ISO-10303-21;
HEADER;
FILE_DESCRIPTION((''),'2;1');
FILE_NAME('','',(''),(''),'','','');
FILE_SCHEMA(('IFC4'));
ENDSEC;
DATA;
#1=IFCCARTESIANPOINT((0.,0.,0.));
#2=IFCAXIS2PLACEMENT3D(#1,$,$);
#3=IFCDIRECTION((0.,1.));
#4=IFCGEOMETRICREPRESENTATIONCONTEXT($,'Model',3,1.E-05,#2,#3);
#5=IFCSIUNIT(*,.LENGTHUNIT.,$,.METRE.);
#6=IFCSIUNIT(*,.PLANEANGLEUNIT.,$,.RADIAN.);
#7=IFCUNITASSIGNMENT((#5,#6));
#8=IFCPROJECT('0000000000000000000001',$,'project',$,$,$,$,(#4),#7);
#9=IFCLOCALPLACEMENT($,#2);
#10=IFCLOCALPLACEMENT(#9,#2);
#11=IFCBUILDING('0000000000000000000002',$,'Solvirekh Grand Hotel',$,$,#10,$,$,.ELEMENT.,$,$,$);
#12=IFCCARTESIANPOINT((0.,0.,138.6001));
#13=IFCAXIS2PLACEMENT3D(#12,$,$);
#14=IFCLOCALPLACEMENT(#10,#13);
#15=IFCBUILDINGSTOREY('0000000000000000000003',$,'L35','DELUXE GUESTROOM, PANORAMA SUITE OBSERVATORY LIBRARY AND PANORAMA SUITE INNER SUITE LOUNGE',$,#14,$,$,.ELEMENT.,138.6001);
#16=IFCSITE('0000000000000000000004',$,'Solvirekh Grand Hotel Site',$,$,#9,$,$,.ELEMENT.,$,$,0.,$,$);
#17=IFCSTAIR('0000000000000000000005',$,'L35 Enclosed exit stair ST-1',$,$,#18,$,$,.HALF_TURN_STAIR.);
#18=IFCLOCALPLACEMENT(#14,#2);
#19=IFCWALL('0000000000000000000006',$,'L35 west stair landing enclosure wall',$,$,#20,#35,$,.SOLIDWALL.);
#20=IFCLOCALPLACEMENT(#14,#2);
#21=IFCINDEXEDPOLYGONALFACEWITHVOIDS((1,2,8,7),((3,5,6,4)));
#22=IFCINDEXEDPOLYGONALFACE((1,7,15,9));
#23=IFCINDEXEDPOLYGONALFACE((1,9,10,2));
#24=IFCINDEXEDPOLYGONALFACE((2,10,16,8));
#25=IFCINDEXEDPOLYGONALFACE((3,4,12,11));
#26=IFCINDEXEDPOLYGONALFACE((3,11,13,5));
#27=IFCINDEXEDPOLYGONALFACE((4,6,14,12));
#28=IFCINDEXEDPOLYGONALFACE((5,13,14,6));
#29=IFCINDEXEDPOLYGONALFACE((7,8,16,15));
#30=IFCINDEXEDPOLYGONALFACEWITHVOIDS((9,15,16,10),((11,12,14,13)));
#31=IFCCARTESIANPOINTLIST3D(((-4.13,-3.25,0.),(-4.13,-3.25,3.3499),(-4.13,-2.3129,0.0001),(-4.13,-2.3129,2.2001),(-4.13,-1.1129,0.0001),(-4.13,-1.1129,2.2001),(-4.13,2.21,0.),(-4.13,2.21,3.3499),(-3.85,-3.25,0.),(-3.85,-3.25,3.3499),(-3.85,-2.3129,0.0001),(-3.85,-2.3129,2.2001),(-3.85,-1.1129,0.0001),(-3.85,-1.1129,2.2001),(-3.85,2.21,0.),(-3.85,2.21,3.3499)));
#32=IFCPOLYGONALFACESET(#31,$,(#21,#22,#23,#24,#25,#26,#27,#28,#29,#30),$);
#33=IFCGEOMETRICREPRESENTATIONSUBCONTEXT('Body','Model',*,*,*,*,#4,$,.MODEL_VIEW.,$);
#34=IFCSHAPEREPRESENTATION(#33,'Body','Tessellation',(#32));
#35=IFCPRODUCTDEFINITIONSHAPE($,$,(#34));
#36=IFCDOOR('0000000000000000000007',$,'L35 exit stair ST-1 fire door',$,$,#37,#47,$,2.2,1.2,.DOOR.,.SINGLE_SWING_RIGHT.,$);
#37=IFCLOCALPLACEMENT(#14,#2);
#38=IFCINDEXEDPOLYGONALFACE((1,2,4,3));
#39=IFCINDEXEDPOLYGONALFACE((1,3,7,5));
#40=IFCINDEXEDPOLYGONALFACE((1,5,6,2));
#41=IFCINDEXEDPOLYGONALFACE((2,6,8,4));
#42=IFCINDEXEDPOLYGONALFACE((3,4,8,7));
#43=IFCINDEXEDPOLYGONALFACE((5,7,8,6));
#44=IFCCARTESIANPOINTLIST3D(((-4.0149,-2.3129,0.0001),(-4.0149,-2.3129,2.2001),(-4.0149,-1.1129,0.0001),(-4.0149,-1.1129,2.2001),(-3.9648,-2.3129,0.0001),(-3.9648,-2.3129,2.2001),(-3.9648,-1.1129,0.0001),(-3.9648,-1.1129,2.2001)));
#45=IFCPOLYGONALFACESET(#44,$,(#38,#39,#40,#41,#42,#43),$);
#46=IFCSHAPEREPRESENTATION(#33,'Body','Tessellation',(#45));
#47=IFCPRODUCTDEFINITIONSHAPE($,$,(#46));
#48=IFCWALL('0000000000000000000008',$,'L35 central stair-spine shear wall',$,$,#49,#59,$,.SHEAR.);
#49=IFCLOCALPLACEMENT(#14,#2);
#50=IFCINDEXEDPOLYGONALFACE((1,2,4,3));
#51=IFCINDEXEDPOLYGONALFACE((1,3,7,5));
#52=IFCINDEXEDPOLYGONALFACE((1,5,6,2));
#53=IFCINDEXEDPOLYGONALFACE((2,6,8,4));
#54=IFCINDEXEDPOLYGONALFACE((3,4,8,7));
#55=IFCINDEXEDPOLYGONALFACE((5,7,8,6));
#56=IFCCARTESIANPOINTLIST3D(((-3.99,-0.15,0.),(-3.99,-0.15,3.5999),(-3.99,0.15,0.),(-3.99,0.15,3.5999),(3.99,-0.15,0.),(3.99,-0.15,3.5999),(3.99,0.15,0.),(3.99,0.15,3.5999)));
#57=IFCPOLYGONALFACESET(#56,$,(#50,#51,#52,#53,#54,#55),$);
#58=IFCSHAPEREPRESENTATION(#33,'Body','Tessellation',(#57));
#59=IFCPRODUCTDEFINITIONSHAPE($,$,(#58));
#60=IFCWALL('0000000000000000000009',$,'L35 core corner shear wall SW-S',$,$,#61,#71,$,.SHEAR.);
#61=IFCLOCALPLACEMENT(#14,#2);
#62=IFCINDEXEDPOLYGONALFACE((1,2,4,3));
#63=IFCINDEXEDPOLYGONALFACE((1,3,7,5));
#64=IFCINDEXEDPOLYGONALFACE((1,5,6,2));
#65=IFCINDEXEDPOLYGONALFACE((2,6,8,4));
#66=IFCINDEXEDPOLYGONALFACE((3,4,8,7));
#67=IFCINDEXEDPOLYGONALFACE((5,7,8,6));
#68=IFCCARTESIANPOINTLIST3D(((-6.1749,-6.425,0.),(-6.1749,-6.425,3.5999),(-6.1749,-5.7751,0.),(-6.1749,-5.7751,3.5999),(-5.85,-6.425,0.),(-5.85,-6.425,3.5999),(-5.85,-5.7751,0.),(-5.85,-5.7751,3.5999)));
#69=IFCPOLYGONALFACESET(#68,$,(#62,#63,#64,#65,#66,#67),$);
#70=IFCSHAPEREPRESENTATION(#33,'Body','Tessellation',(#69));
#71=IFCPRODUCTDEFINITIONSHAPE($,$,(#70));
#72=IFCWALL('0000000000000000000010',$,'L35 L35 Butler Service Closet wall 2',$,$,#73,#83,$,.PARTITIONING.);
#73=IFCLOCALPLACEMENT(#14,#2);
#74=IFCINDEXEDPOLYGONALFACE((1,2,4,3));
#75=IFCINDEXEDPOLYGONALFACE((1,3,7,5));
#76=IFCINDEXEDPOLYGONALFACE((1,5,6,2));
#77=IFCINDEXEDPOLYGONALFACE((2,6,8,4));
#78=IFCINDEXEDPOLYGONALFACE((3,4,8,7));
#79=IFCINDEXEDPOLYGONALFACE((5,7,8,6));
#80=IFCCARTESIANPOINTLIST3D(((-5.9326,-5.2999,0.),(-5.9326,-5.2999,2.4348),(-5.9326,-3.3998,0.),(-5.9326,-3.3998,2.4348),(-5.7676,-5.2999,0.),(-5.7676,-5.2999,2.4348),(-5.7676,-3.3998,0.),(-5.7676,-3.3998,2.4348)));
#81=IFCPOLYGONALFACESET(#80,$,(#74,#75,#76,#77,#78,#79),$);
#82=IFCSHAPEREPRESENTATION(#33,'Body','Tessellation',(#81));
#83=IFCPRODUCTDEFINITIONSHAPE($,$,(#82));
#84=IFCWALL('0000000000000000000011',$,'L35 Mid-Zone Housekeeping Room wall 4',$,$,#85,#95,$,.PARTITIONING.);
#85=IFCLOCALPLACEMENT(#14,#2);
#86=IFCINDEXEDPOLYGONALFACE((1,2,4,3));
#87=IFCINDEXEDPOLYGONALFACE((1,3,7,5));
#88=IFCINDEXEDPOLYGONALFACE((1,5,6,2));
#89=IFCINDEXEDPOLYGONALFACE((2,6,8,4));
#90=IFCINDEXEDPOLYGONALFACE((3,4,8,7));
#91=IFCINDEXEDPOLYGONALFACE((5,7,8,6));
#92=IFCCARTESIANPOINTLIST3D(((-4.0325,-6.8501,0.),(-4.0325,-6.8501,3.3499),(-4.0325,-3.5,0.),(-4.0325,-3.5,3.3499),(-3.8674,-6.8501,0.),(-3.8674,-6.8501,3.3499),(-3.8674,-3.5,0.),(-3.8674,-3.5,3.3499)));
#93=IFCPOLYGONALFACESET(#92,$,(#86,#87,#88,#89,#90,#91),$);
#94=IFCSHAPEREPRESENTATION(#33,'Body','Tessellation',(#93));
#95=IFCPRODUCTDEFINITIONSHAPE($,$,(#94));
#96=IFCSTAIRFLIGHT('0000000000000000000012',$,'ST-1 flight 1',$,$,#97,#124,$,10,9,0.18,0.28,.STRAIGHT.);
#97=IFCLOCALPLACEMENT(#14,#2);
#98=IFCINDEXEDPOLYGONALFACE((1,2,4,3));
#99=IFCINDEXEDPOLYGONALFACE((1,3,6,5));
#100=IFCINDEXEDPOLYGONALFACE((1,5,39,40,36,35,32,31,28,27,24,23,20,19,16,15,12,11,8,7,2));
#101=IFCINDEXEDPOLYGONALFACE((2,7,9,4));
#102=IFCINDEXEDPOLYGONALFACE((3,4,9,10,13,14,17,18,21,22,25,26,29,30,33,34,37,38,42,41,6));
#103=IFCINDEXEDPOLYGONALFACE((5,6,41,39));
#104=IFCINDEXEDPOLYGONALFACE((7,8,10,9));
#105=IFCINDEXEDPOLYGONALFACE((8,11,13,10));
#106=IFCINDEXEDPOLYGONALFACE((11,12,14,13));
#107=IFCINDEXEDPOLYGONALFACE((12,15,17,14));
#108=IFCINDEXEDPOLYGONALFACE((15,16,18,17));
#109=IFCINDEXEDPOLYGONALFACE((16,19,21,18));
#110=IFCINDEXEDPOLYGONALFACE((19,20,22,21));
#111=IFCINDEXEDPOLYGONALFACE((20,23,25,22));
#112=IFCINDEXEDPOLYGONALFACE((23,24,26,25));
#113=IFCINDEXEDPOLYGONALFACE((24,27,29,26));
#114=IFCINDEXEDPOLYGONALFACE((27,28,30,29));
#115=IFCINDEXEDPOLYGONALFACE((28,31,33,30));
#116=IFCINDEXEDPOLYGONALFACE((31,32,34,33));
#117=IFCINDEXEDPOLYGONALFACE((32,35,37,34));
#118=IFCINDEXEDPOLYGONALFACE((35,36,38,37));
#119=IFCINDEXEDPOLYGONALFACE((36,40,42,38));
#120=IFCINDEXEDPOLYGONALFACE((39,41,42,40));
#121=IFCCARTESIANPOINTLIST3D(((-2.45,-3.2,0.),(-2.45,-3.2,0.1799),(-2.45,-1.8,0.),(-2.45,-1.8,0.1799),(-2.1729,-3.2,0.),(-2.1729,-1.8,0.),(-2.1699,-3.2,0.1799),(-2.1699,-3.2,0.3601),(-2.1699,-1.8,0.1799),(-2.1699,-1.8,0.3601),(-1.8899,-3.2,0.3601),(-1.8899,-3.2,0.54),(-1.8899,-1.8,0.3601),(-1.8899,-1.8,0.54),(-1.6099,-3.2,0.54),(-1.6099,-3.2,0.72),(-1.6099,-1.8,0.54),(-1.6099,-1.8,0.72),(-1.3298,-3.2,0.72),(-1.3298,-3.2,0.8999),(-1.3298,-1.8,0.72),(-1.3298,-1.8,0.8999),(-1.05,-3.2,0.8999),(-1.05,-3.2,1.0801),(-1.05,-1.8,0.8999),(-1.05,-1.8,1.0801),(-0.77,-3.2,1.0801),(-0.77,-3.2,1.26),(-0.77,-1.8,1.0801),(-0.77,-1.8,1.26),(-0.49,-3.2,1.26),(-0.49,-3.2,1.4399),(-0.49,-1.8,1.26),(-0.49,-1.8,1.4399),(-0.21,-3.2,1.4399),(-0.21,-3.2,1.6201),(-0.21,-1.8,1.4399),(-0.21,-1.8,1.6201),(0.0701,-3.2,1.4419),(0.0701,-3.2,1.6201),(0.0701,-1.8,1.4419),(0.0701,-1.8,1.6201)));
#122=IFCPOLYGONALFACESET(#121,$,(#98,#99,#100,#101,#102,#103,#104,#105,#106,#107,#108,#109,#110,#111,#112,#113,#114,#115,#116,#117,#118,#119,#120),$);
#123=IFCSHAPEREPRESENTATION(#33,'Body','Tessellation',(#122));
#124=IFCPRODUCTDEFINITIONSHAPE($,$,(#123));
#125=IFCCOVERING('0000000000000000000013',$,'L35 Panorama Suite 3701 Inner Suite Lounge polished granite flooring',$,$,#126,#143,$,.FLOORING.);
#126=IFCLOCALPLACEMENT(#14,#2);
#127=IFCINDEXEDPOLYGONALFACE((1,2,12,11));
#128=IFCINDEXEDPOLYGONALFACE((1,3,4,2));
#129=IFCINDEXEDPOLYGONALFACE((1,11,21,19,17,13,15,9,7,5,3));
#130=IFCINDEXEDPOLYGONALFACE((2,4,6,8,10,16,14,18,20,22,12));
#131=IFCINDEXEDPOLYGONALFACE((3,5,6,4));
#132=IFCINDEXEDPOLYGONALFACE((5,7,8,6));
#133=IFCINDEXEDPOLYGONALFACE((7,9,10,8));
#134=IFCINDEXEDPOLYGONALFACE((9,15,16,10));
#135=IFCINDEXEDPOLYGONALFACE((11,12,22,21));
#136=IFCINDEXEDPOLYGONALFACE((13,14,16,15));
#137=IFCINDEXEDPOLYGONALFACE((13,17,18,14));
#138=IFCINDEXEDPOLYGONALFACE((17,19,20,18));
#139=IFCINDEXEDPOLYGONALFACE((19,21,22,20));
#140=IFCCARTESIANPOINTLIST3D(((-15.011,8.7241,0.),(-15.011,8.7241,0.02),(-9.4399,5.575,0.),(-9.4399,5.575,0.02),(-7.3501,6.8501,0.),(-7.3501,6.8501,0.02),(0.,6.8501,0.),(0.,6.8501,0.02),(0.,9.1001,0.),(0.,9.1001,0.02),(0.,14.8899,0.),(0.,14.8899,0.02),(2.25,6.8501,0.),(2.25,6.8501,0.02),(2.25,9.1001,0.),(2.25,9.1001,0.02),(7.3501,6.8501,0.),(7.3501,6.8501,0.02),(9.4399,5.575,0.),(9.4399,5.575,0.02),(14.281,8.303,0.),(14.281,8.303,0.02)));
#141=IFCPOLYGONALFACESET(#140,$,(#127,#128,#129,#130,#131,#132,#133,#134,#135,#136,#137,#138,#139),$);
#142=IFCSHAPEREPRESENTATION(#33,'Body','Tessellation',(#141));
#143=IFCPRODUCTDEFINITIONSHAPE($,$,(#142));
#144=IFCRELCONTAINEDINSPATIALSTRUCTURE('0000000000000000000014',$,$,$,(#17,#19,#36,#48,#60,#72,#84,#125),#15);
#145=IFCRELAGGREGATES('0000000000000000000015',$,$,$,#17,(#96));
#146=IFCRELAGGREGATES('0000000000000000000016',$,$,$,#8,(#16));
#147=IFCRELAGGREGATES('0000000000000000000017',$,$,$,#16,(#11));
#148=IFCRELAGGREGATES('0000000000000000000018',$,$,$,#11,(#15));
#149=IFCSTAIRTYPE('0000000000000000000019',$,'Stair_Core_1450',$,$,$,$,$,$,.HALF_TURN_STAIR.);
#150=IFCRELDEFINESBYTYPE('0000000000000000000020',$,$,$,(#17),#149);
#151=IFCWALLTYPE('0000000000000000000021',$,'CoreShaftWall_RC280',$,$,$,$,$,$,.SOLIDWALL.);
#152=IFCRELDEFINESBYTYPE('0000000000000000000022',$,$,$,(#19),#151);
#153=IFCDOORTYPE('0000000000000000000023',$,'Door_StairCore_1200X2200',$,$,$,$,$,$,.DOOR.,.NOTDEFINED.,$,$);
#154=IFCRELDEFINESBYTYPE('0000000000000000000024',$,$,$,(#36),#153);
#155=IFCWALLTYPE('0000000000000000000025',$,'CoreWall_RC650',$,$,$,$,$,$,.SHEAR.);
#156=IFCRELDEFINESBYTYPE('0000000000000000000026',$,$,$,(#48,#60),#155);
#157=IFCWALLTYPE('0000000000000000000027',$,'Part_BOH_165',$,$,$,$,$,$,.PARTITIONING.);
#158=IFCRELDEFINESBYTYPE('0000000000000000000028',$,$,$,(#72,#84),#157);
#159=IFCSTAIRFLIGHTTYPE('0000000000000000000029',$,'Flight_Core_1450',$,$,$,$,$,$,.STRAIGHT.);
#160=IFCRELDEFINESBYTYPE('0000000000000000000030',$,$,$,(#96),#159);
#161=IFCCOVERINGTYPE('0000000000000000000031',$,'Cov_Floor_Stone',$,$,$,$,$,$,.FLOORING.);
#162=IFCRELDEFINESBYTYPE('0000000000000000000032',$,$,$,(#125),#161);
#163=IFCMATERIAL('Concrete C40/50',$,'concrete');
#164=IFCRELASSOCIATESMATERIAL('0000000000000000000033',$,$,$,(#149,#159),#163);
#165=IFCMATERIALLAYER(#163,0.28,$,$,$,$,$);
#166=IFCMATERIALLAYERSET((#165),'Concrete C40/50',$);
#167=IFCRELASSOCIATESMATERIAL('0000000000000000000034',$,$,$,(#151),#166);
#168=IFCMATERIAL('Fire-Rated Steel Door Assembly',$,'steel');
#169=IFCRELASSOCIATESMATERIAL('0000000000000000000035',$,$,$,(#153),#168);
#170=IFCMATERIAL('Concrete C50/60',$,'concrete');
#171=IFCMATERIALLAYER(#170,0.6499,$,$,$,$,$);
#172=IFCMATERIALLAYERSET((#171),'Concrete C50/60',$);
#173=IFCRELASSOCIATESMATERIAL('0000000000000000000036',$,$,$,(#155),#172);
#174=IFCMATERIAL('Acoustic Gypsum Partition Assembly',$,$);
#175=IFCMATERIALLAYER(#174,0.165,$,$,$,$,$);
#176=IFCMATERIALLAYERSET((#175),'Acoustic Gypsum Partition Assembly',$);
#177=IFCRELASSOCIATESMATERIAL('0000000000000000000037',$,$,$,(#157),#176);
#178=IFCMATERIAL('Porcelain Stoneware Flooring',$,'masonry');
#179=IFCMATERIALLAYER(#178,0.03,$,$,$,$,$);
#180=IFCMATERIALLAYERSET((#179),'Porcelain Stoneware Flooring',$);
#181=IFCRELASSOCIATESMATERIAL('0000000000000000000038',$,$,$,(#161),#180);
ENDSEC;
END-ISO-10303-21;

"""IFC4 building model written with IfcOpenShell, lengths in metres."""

from ifc_helpers import new_model, si_unit, direction, frame, frame_2d, origin, place, context, subcontext, project, spatial, polyline, rectangle, outline, extrude, material, layer, layer_set, type_object, element, fill, aggregate, save


model = new_model("IFC4")

# Units and contexts
model_context = context("Model", 3, precision=1e-05, world=origin(), true_north=direction((0.0, 1.0)))
body_context = subcontext(model_context, "Body", "Model", "MODEL_VIEW")
ifc_project = project(units=[si_unit("LENGTHUNIT", "METRE"), si_unit("PLANEANGLEUNIT", "RADIAN")], contexts=[model_context])

# Site, building, storey
site_placement = place(None, origin())
site = spatial("IfcSite", under=ifc_project, at=site_placement, Name="Solvirekh Grand Hotel Site", CompositionType="ELEMENT", RefElevation=0.0)
building_placement = place(site_placement, origin())
building = spatial("IfcBuilding", under=site, at=building_placement, Name="Solvirekh Grand Hotel", CompositionType="ELEMENT")
storey_placement = place(building_placement, frame((0.0, 0.0, 138.6001)))
storey = spatial("IfcBuildingStorey", under=building, at=storey_placement, Name="L35", Description="DELUXE GUESTROOM, PANORAMA SUITE OBSERVATORY LIBRARY AND PANORAMA SUITE INNER SUITE LOUNGE", CompositionType="ELEMENT", Elevation=138.6001)

# Shared definitions
ifc_material_1 = material(Name="Concrete C50/60", Category="concrete")

# Stair
ifc_material_2 = material(Name="Concrete C40/50", Category="concrete")
stair_type = type_object("IfcStairType", Name="Stair_Core_1450", PredefinedType="HALF_TURN_STAIR", material=ifc_material_2)
stair_1_placement = place(storey_placement, origin())
stair_1 = element("IfcStair", 1, at=stair_1_placement, inside=storey, type_object=stair_type, Name="L35 Enclosed exit stair ST-1", PredefinedType="HALF_TURN_STAIR")

# Shared definitions
ifc_layer_1 = layer(ifc_material_2, 0.28)
ifc_layer_set_1 = layer_set([ifc_layer_1], Name="Concrete C40/50")
wall_type_1 = type_object("IfcWallType", Name="CoreShaftWall_RC280", PredefinedType="SOLIDWALL", material=ifc_layer_set_1)
ifc_material_3 = material(Name="Fire-Rated Steel Door Assembly", Category="steel")

# Wall, opening, door
wall_1_placement = place(storey_placement, frame((-3.99, -3.25, 0.0), z_axis=(0.0, 0.0, 1.0), x_axis=(0.0, 1.0, 0.0)))
wall_1 = element("IfcWall", 2, at=wall_1_placement, inside=storey, type_object=wall_type_1, Name="L35 west stair landing enclosure wall", PredefinedType="SOLIDWALL", context=body_context, shape_type="SweptSolid", body=[
    extrude(rectangle(XDim=5.46, YDim=0.28, at=frame_2d((2.73, 0.0))), origin(), (0.0, 0.0, 1.0), 3.3499),
])
opening_1_placement = place(wall_1_placement, frame((0.937, 0.0, 0.0)))
opening_1 = element("IfcOpeningElement", 3, at=opening_1_placement, cuts=wall_1, PredefinedType="OPENING", context=body_context, shape_type="SweptSolid", body=[
    extrude(rectangle(XDim=1.2, YDim=2.2, at=frame_2d((0.6001, 1.1001))), frame((0.0, 0.1499, 0.0), z_axis=(0.0, -1.0, 0.0), x_axis=(1.0, 0.0, 0.0)), (0.0, 0.0, 1.0), 0.3),
])
door_type_1 = type_object("IfcDoorType", Name="Door_StairCore_1200X2200", OperationType="NOTDEFINED", PredefinedType="DOOR", material=ifc_material_3)
door_1_placement = place(opening_1_placement, origin())
door_1 = element("IfcDoor", 4, at=door_1_placement, inside=storey, type_object=door_type_1, Name="L35 exit stair ST-1 fire door", OperationType="SINGLE_SWING_RIGHT", OverallHeight=2.2, OverallWidth=1.2, PredefinedType="DOOR", context=body_context, shape_type="SweptSolid", body=[
    extrude(rectangle(XDim=1.2, YDim=2.2, at=frame_2d((0.6001, 1.1001))), frame((0.0, 0.0249, 0.0), z_axis=(0.0, -1.0, 0.0), x_axis=(1.0, 0.0, 0.0)), (0.0, 0.0, 1.0), 0.05),
])
fill(opening_1, door_1)

# Walls
ifc_layer_2 = layer(ifc_material_1, 0.6499)
ifc_layer_set_2 = layer_set([ifc_layer_2], Name="Concrete C50/60")
wall_type_2 = type_object("IfcWallType", Name="CoreWall_RC650", PredefinedType="SHEAR", material=ifc_layer_set_2)
wall_2_placement = place(storey_placement, frame((-3.99, 0.0, 0.0), z_axis=(0.0, 0.0, 1.0), x_axis=(1.0, 0.0, 0.0)))
element("IfcWall", 5, at=wall_2_placement, inside=storey, type_object=wall_type_2, Name="L35 central stair-spine shear wall", PredefinedType="SHEAR", context=body_context, shape_type="SweptSolid", body=[
    extrude(rectangle(XDim=7.98, YDim=0.3, at=frame_2d((3.99, 0.0))), origin(), (0.0, 0.0, 1.0), 3.5999),
])
wall_3_placement = place(storey_placement, frame((-6.175, -6.1001, 0.0), z_axis=(0.0, 0.0, 1.0), x_axis=(1.0, 0.0, 0.0)))
element("IfcWall", 6, at=wall_3_placement, inside=storey, type_object=wall_type_2, Name="L35 core corner shear wall SW-S", PredefinedType="SHEAR", context=body_context, shape_type="SweptSolid", body=[
    extrude(rectangle(XDim=0.325, YDim=0.6499, at=frame_2d((0.1626, 0.0))), origin(), (0.0, 0.0, 1.0), 3.5999),
])
ifc_material_4 = material(Name="Acoustic Gypsum Partition Assembly")
ifc_layer_3 = layer(ifc_material_4, 0.165)
ifc_layer_set_3 = layer_set([ifc_layer_3], Name="Acoustic Gypsum Partition Assembly")
wall_type_3 = type_object("IfcWallType", Name="Part_BOH_165", PredefinedType="PARTITIONING", material=ifc_layer_set_3)
wall_4_placement = place(storey_placement, frame((-5.8501, -5.3, 0.0), z_axis=(0.0, 0.0, 1.0), x_axis=(0.0, 1.0, 0.0)))
element("IfcWall", 7, at=wall_4_placement, inside=storey, type_object=wall_type_3, Name="L35 L35 Butler Service Closet wall 2", PredefinedType="PARTITIONING", context=body_context, shape_type="SweptSolid", body=[
    extrude(rectangle(XDim=1.9001, YDim=0.165, at=frame_2d((0.9502, 0.0))), origin(), (0.0, 0.0, 1.0), 2.4348),
])
wall_5_placement = place(storey_placement, frame((-3.95, -3.5, 0.0), z_axis=(0.0, 0.0, 1.0), x_axis=(0.0, -1.0, 0.0)))
element("IfcWall", 8, at=wall_5_placement, inside=storey, type_object=wall_type_3, Name="L35 Mid-Zone Housekeeping Room wall 4", PredefinedType="PARTITIONING", context=body_context, shape_type="SweptSolid", body=[
    extrude(rectangle(XDim=3.3501, YDim=0.165, at=frame_2d((1.675, 0.0))), origin(), (0.0, 0.0, 1.0), 3.3499),
])

# Stair flight
stair_flight_type = type_object("IfcStairFlightType", Name="Flight_Core_1450", PredefinedType="STRAIGHT", material=ifc_material_2)
stair_flight_placement = place(storey_placement, frame((-2.45, -2.5, 0.0), z_axis=(0.0, 0.0, 1.0), x_axis=(1.0, 0.0, 0.0)))
stair_flight = element("IfcStairFlight", 9, at=stair_flight_placement, type_object=stair_flight_type, Name="ST-1 flight 1", NumberOfRisers=10, NumberOfTreads=9, PredefinedType="STRAIGHT", RiserHeight=0.18, TreadLength=0.28, context=body_context, shape_type="SweptSolid", body=[
    extrude(outline(polyline([(0.0, 0.0), (0.0, 0.1799), (0.28, 0.1799), (0.28, 0.3601), (0.5601, 0.3601), (0.5601, 0.54), (0.8401, 0.54), (0.8401, 0.72), (1.1201, 0.72), (1.1201, 0.8999), (1.3999, 0.8999), (1.3999, 1.0801), (1.6799, 1.0801), (1.6799, 1.26), (1.96, 1.26), (1.96, 1.4399), (2.24, 1.4399), (2.24, 1.6201), (2.52, 1.6201), (2.52, 1.8), (2.52, 1.4419), (0.2771, 0.0), (0.0, 0.0)])), frame((0.0, 0.7, 0.0), z_axis=(0.0, -1.0, 0.0), x_axis=(1.0, 0.0, 0.0)), (0.0, 0.0, 1.0), 1.3999),
])
aggregate(stair_1, [stair_flight])

# Covering
ifc_material_5 = material(Name="Porcelain Stoneware Flooring", Category="masonry")
ifc_layer_4 = layer(ifc_material_5, 0.03)
ifc_layer_set_4 = layer_set([ifc_layer_4], Name="Porcelain Stoneware Flooring")
covering_type = type_object("IfcCoveringType", Name="Cov_Floor_Stone", PredefinedType="FLOORING", material=ifc_layer_set_4)
covering_placement = place(storey_placement, origin())
element("IfcCovering", 10, at=covering_placement, inside=storey, type_object=covering_type, Name="L35 Panorama Suite 3701 Inner Suite Lounge polished granite flooring", PredefinedType="FLOORING", context=body_context, shape_type="SweptSolid", body=[
    extrude(outline(polyline([(0.0, 6.8501), (0.0, 9.1001), (2.25, 9.1001), (2.25, 6.8501), (7.3501, 6.8501), (9.4399, 5.575), (14.281, 8.303), (0.0, 14.8899), (-15.011, 8.7241), (-9.4399, 5.575), (-7.3501, 6.8501), (0.0, 6.8501)])), origin(), (0.0, 0.0, 1.0), 0.02),
])

save(model, "model.ifc")
